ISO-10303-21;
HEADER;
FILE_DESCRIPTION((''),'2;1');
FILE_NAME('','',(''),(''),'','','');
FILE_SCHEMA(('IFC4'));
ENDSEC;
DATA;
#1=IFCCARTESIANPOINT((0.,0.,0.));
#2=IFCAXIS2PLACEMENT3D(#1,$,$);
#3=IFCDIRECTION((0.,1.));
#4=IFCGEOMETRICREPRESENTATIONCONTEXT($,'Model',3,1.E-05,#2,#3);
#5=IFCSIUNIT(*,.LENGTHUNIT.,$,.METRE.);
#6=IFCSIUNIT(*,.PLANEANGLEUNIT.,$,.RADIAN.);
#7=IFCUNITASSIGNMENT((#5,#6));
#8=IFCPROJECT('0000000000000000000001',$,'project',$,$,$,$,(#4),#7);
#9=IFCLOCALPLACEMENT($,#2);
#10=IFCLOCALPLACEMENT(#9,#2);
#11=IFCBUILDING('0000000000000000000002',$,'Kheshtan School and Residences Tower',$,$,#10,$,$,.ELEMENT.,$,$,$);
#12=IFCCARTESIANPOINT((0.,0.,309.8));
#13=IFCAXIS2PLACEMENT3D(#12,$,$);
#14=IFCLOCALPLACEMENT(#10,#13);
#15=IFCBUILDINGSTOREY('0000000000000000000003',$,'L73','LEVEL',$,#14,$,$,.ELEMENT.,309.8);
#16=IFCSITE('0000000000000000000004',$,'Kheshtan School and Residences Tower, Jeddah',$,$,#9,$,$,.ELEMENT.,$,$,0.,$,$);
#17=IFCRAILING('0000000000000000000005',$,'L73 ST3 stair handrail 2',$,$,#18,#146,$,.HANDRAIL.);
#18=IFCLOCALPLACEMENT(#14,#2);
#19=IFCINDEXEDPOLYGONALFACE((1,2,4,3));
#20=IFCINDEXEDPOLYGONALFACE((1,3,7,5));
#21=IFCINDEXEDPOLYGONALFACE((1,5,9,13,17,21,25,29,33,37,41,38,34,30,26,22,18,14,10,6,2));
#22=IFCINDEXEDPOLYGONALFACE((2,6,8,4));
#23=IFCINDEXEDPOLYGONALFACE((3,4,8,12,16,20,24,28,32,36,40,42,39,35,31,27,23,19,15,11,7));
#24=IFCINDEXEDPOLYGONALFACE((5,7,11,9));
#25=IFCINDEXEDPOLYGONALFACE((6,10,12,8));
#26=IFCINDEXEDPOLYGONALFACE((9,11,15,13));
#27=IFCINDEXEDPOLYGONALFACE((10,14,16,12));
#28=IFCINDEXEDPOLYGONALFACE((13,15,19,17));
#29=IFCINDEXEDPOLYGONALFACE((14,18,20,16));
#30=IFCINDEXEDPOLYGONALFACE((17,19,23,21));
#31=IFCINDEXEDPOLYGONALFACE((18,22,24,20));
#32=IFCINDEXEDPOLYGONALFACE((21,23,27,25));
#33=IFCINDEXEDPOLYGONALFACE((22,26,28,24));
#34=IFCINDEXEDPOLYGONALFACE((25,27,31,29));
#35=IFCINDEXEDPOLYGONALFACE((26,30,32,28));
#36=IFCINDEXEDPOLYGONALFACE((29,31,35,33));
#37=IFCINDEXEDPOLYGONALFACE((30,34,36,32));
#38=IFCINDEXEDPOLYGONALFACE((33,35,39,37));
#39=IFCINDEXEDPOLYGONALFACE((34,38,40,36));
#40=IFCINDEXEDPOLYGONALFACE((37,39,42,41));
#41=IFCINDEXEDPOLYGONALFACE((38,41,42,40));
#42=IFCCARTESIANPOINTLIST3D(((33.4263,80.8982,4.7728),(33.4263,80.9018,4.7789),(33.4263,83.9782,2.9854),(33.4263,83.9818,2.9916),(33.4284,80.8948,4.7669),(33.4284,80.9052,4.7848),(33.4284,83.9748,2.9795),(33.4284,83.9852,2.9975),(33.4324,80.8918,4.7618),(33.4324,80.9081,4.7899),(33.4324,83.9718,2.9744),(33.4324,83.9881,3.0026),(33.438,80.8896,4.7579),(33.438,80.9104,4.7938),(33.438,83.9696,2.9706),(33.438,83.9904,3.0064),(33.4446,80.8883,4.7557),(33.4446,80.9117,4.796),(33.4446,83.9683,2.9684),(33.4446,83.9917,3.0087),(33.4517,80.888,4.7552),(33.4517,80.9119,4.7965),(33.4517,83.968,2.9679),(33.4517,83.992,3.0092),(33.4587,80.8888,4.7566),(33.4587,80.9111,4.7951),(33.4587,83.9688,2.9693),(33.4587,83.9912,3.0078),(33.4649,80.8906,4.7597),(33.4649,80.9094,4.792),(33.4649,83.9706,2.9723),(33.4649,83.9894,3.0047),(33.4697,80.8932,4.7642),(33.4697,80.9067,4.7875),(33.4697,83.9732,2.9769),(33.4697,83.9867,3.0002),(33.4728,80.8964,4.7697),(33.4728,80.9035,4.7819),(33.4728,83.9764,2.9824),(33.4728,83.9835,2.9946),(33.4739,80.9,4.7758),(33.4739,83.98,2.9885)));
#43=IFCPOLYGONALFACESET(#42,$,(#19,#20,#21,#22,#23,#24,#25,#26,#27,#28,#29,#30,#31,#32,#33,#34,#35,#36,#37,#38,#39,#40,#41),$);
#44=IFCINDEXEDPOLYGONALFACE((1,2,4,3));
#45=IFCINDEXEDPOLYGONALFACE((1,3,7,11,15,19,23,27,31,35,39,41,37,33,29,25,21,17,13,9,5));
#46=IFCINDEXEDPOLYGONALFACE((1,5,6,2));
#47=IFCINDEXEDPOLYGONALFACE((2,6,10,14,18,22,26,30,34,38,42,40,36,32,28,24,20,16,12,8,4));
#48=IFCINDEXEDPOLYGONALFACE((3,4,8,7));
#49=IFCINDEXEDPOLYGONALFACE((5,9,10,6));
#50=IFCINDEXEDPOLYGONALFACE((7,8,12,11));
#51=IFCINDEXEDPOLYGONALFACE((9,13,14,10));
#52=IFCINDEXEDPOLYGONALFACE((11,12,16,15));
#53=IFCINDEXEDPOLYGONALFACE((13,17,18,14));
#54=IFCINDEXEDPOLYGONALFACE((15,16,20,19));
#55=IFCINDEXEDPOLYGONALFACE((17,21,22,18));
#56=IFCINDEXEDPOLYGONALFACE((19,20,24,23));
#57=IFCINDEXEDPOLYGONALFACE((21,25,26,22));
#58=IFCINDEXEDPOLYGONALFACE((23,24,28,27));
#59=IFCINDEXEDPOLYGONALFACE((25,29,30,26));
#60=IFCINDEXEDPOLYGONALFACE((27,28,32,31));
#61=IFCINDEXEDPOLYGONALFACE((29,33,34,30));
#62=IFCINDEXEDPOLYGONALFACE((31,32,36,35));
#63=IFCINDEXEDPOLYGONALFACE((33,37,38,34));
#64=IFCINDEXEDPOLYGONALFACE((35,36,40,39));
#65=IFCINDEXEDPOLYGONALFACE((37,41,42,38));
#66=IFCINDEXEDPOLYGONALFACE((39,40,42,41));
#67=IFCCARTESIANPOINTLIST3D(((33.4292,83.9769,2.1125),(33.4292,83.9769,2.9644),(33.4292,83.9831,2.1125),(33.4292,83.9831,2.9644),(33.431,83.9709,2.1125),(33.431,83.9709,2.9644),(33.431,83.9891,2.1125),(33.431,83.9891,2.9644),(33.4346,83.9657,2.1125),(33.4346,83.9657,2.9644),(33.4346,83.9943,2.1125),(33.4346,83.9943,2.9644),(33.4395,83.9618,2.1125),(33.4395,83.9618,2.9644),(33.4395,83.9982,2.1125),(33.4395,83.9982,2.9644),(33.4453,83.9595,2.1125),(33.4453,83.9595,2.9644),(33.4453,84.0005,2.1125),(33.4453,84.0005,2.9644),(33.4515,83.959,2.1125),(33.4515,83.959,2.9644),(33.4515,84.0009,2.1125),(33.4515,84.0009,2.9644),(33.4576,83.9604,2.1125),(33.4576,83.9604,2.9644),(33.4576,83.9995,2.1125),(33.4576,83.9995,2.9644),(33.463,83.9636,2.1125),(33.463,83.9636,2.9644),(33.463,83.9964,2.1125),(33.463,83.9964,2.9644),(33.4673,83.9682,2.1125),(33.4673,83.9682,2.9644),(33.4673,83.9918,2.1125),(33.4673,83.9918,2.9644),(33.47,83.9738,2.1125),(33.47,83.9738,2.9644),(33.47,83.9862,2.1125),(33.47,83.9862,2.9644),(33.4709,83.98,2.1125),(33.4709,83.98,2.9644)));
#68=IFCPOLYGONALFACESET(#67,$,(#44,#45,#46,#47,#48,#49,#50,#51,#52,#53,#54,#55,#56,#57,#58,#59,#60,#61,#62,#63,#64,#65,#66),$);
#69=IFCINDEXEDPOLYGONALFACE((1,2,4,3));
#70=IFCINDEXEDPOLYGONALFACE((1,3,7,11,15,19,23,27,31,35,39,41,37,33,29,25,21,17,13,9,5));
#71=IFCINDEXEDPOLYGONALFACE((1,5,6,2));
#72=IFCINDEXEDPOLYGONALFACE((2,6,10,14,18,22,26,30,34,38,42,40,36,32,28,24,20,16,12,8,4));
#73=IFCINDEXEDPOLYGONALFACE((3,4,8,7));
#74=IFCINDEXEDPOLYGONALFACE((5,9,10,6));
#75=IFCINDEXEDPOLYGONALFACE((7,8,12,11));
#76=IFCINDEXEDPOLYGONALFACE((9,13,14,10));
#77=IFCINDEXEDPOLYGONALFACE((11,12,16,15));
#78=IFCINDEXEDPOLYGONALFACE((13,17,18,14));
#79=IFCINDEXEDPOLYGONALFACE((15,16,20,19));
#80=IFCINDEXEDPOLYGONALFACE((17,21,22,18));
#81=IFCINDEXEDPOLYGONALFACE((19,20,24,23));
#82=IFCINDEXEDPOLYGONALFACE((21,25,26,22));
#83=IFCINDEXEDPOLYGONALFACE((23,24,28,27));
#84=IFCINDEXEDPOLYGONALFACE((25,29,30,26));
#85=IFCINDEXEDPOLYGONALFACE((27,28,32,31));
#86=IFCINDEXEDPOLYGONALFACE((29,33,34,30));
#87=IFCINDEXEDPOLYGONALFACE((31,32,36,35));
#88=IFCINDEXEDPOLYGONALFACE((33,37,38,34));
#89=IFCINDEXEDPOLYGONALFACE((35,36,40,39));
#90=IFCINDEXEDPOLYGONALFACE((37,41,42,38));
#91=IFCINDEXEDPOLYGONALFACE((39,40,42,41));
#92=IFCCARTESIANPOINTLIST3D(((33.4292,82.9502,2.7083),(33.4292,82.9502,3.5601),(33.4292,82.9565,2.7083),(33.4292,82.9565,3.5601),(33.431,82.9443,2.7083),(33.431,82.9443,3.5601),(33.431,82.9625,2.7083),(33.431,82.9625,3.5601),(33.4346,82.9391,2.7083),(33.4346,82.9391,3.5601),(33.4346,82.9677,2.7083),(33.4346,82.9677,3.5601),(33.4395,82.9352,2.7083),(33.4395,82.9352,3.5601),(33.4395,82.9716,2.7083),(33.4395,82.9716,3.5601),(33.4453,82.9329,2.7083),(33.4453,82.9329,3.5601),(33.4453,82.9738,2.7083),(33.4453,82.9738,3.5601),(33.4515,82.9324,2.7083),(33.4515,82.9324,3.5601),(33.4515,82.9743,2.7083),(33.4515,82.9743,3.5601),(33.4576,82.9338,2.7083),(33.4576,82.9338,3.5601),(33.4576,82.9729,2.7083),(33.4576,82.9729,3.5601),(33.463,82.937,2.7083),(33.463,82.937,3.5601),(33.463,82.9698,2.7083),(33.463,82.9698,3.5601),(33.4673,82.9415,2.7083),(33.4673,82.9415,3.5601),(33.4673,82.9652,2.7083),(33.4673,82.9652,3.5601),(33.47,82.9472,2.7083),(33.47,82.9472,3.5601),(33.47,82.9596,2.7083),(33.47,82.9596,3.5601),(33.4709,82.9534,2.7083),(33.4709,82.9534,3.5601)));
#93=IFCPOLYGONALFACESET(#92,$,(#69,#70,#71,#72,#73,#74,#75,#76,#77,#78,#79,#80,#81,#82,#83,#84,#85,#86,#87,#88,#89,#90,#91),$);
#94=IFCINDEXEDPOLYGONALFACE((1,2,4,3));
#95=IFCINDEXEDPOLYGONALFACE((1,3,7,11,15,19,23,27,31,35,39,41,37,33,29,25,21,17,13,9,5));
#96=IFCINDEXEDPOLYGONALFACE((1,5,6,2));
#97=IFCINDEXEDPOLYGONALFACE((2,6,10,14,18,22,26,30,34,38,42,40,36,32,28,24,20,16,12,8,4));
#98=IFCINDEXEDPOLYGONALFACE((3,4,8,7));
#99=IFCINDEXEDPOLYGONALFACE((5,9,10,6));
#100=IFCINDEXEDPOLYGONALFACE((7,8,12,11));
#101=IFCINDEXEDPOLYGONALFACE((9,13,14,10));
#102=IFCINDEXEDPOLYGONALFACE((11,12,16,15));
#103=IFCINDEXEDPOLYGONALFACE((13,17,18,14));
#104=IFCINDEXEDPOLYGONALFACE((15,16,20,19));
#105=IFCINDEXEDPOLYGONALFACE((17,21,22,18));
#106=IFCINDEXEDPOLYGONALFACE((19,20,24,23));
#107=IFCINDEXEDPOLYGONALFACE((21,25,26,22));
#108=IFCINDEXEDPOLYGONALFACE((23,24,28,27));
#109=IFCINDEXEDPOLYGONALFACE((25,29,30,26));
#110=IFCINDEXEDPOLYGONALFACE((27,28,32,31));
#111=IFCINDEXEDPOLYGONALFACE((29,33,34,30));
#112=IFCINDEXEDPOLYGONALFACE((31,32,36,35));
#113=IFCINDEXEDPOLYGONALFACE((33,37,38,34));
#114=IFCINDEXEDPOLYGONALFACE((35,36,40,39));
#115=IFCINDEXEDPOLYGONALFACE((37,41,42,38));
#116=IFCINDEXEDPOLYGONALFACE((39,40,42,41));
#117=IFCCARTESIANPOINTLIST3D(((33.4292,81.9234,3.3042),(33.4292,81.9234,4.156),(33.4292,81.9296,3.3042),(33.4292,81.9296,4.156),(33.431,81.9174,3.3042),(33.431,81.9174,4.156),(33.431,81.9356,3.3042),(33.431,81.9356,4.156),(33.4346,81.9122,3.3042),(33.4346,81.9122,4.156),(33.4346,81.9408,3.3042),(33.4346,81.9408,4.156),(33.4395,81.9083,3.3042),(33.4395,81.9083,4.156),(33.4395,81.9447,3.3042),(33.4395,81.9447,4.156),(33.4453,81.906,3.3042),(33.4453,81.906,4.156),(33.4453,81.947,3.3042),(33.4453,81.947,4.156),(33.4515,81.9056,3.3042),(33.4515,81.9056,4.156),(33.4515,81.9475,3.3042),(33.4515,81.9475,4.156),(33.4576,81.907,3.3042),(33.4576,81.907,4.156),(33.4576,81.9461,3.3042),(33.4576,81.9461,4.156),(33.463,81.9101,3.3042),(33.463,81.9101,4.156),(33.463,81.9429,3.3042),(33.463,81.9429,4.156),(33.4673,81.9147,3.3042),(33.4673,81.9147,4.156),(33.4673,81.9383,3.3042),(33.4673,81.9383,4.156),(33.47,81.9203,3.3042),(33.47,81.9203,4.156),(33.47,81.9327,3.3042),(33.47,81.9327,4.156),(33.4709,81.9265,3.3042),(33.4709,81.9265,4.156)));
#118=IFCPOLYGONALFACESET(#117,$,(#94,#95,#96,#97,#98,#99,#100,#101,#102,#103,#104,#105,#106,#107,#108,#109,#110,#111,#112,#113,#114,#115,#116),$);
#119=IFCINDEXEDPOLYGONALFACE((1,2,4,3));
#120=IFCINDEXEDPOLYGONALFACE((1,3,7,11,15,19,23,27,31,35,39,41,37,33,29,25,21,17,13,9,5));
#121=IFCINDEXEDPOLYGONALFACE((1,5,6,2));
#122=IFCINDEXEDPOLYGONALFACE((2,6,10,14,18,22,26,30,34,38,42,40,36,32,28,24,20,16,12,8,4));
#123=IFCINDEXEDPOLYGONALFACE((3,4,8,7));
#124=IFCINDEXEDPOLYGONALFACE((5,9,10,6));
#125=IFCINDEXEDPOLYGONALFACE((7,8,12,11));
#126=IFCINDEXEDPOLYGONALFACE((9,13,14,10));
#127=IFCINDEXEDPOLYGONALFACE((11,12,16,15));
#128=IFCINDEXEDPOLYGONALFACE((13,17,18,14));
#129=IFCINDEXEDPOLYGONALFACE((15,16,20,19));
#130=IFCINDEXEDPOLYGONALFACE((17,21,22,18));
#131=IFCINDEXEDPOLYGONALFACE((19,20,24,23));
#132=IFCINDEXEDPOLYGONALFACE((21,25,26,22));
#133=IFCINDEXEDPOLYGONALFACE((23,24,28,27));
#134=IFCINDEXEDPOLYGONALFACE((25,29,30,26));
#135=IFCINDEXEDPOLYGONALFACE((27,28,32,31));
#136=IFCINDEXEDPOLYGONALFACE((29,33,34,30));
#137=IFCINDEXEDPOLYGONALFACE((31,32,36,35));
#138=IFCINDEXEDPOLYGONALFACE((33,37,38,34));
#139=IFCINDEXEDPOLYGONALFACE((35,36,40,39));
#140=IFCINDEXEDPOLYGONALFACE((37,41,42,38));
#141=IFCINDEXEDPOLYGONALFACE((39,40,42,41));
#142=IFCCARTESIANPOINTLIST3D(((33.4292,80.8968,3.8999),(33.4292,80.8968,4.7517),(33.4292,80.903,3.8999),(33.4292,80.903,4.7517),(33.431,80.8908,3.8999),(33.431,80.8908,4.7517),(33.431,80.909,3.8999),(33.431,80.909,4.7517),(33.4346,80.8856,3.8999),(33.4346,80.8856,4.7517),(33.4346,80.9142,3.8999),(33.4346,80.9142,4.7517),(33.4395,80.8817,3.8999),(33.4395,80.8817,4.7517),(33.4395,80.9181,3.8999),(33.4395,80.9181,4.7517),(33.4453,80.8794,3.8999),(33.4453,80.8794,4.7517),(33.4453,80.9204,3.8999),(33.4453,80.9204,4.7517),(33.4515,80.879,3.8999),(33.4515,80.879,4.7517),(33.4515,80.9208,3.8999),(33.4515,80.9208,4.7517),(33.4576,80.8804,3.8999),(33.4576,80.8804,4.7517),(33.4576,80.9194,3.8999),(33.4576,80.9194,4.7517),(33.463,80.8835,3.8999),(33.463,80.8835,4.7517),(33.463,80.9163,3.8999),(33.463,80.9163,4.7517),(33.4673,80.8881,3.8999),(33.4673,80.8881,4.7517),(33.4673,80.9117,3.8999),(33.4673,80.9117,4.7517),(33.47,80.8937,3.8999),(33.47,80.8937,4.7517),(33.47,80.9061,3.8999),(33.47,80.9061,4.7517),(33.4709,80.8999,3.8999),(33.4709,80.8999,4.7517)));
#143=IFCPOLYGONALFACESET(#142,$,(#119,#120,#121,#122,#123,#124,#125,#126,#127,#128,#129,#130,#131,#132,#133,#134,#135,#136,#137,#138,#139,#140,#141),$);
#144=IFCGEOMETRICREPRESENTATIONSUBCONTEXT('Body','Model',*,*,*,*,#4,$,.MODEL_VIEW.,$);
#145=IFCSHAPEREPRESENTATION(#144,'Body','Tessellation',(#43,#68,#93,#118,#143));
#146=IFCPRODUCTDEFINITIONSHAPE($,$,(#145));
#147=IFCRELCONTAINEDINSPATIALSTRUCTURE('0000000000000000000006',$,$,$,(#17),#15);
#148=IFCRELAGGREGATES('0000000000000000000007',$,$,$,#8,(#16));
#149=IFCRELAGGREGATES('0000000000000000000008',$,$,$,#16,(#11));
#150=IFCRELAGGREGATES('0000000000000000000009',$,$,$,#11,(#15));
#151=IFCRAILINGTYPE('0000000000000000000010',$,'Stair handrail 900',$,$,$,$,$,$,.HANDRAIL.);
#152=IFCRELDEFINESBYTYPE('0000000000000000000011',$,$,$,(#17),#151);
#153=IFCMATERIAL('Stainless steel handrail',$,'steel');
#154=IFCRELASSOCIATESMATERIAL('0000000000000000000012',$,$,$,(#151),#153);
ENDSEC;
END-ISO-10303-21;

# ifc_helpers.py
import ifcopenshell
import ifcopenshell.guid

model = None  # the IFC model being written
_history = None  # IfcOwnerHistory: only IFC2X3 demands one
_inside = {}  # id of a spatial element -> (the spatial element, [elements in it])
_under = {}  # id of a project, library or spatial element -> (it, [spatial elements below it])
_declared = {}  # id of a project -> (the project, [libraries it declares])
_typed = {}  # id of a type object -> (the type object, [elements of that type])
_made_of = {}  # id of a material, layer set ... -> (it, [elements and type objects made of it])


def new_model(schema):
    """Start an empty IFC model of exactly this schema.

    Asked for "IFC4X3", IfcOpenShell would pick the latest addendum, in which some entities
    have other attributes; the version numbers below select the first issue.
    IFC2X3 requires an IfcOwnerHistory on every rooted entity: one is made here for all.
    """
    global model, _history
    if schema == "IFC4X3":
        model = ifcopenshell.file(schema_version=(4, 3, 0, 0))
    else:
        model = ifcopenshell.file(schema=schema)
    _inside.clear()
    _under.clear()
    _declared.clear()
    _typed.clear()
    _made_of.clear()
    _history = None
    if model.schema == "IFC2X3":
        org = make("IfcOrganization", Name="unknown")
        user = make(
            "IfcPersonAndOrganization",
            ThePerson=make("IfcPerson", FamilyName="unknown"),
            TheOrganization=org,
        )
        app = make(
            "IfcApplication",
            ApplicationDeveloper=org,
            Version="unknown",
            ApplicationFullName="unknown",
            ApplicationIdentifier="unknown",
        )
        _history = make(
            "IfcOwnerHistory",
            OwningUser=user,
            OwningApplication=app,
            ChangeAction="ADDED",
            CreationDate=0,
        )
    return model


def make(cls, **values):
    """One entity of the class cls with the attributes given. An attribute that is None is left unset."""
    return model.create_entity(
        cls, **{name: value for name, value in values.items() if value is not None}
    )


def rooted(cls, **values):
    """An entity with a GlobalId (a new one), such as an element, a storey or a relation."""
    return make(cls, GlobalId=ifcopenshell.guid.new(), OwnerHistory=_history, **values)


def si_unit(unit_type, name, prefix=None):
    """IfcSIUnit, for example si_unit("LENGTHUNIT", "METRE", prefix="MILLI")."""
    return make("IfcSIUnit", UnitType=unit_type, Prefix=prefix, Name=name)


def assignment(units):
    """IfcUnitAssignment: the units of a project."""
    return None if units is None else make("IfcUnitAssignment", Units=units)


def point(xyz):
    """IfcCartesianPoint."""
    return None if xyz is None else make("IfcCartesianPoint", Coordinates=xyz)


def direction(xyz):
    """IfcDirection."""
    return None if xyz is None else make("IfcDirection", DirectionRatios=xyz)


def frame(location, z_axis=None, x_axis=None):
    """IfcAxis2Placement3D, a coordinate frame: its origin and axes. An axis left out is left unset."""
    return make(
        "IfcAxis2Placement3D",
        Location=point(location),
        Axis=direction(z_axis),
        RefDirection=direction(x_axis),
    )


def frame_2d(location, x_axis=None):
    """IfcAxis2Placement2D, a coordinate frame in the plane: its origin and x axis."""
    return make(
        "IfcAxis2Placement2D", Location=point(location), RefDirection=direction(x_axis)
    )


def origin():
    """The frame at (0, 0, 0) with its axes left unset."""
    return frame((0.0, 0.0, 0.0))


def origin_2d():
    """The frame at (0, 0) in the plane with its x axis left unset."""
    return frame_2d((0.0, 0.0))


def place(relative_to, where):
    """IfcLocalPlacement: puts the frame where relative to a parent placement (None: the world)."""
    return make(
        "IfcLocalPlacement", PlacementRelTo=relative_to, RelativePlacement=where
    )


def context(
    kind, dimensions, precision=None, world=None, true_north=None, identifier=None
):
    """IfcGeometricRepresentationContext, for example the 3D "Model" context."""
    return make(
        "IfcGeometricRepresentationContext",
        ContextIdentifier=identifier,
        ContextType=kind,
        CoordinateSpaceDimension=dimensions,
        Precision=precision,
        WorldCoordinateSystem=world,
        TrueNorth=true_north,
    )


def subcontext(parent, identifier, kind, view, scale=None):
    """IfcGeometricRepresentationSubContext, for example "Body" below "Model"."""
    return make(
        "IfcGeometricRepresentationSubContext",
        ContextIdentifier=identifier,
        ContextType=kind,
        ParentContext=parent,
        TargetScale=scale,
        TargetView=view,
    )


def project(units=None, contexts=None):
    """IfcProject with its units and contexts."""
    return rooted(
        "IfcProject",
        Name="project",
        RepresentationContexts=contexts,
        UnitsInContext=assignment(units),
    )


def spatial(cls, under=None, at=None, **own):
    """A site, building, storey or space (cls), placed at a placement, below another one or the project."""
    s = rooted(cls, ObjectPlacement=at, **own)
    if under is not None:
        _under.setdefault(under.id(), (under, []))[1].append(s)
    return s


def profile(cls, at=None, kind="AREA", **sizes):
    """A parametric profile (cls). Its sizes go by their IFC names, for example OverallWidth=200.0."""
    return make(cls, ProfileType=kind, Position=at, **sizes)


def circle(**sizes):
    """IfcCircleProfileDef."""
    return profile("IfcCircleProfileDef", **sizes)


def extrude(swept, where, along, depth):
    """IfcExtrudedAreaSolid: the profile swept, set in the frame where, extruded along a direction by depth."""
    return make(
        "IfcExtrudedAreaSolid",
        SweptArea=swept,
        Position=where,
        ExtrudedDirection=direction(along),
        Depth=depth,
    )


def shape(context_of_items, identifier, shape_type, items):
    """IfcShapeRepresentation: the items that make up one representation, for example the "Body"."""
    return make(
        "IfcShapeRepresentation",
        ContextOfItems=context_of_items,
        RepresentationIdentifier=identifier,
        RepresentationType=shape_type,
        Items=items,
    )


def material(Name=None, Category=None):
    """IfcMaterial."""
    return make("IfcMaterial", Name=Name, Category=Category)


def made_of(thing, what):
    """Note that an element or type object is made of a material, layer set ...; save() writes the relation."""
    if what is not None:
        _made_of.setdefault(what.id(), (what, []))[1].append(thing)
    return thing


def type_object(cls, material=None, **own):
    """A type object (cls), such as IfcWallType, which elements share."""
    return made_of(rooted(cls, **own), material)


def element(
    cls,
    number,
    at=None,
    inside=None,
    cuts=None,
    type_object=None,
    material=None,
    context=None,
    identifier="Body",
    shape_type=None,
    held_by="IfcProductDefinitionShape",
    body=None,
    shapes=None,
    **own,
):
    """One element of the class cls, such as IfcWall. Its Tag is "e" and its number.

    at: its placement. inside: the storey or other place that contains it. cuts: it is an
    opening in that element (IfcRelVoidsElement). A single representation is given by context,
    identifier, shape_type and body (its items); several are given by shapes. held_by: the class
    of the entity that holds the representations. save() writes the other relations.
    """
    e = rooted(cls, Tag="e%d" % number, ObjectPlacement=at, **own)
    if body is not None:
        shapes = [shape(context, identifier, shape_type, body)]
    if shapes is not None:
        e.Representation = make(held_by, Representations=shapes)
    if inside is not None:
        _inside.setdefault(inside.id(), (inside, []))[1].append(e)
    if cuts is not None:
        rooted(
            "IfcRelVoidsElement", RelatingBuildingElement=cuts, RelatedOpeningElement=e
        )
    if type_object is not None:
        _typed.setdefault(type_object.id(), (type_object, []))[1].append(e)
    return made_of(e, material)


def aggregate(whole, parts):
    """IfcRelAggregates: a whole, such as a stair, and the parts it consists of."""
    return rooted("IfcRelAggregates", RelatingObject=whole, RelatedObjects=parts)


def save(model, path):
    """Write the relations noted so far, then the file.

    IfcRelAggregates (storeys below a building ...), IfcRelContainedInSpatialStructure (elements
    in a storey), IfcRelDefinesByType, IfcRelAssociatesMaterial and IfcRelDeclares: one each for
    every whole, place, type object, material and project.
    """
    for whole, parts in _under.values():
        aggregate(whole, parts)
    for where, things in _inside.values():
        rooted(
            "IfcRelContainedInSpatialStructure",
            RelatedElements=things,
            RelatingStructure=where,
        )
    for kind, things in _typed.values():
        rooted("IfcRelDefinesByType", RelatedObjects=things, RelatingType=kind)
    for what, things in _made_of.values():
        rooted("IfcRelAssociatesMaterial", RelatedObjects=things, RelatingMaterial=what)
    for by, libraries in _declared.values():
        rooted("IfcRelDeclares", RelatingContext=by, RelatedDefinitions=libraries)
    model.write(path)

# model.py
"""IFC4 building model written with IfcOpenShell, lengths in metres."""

from ifc_helpers import new_model, si_unit, direction, frame, origin, origin_2d, place, context, subcontext, project, spatial, circle, extrude, material, type_object, element, save


model = new_model("IFC4")

# Units and contexts
model_context = context("Model", 3, precision=1e-05, world=origin(), true_north=direction((0.0, 1.0)))
body_context = subcontext(model_context, "Body", "Model", "MODEL_VIEW")
ifc_project = project(units=[si_unit("LENGTHUNIT", "METRE"), si_unit("PLANEANGLEUNIT", "RADIAN")], contexts=[model_context])

# Site, building, storey
site_placement = place(None, origin())
site = spatial("IfcSite", under=ifc_project, at=site_placement, Name="Kheshtan School and Residences Tower, Jeddah", CompositionType="ELEMENT", RefElevation=0.0)
building_placement = place(site_placement, origin())
building = spatial("IfcBuilding", under=site, at=building_placement, Name="Kheshtan School and Residences Tower", CompositionType="ELEMENT")
storey_placement = place(building_placement, frame((0.0, 0.0, 309.8)))
storey = spatial("IfcBuildingStorey", under=building, at=storey_placement, Name="L73", Description="LEVEL", CompositionType="ELEMENT", Elevation=309.8)

# Railing
ifc_material_1 = material(Name="Stainless steel handrail", Category="steel")
railing_type_1 = type_object("IfcRailingType", Name="Stair handrail 900", PredefinedType="HANDRAIL", material=ifc_material_1)
railing_1_placement = place(storey_placement, frame((33.45, 83.98, 2.1125)))
element("IfcRailing", 1, at=railing_1_placement, inside=storey, type_object=railing_type_1, Name="L73 ST3 stair handrail 2", PredefinedType="HANDRAIL", context=body_context, shape_type="SweptSolid", body=[
    extrude(circle(Radius=0.0239, at=origin_2d()), frame((0.0, 0.0, 0.876), z_axis=(0.0, -0.86492, 0.501909), x_axis=(1.0, 0.0, 0.0)), (0.0, 0.0, 1.0), 3.561),
    extrude(circle(Radius=0.021, at=origin_2d()), origin(), (0.0, 0.0, 1.0), 0.8518),
    extrude(circle(Radius=0.021, at=origin_2d()), frame((0.0, -1.0266, 0.5957)), (0.0, 0.0, 1.0), 0.8518),
    extrude(circle(Radius=0.021, at=origin_2d()), frame((0.0, -2.0535, 1.1917)), (0.0, 0.0, 1.0), 0.8518),
    extrude(circle(Radius=0.021, at=origin_2d()), frame((0.0, -3.0801, 1.7874)), (0.0, 0.0, 1.0), 0.8518),
])

save(model, "model.ifc")
